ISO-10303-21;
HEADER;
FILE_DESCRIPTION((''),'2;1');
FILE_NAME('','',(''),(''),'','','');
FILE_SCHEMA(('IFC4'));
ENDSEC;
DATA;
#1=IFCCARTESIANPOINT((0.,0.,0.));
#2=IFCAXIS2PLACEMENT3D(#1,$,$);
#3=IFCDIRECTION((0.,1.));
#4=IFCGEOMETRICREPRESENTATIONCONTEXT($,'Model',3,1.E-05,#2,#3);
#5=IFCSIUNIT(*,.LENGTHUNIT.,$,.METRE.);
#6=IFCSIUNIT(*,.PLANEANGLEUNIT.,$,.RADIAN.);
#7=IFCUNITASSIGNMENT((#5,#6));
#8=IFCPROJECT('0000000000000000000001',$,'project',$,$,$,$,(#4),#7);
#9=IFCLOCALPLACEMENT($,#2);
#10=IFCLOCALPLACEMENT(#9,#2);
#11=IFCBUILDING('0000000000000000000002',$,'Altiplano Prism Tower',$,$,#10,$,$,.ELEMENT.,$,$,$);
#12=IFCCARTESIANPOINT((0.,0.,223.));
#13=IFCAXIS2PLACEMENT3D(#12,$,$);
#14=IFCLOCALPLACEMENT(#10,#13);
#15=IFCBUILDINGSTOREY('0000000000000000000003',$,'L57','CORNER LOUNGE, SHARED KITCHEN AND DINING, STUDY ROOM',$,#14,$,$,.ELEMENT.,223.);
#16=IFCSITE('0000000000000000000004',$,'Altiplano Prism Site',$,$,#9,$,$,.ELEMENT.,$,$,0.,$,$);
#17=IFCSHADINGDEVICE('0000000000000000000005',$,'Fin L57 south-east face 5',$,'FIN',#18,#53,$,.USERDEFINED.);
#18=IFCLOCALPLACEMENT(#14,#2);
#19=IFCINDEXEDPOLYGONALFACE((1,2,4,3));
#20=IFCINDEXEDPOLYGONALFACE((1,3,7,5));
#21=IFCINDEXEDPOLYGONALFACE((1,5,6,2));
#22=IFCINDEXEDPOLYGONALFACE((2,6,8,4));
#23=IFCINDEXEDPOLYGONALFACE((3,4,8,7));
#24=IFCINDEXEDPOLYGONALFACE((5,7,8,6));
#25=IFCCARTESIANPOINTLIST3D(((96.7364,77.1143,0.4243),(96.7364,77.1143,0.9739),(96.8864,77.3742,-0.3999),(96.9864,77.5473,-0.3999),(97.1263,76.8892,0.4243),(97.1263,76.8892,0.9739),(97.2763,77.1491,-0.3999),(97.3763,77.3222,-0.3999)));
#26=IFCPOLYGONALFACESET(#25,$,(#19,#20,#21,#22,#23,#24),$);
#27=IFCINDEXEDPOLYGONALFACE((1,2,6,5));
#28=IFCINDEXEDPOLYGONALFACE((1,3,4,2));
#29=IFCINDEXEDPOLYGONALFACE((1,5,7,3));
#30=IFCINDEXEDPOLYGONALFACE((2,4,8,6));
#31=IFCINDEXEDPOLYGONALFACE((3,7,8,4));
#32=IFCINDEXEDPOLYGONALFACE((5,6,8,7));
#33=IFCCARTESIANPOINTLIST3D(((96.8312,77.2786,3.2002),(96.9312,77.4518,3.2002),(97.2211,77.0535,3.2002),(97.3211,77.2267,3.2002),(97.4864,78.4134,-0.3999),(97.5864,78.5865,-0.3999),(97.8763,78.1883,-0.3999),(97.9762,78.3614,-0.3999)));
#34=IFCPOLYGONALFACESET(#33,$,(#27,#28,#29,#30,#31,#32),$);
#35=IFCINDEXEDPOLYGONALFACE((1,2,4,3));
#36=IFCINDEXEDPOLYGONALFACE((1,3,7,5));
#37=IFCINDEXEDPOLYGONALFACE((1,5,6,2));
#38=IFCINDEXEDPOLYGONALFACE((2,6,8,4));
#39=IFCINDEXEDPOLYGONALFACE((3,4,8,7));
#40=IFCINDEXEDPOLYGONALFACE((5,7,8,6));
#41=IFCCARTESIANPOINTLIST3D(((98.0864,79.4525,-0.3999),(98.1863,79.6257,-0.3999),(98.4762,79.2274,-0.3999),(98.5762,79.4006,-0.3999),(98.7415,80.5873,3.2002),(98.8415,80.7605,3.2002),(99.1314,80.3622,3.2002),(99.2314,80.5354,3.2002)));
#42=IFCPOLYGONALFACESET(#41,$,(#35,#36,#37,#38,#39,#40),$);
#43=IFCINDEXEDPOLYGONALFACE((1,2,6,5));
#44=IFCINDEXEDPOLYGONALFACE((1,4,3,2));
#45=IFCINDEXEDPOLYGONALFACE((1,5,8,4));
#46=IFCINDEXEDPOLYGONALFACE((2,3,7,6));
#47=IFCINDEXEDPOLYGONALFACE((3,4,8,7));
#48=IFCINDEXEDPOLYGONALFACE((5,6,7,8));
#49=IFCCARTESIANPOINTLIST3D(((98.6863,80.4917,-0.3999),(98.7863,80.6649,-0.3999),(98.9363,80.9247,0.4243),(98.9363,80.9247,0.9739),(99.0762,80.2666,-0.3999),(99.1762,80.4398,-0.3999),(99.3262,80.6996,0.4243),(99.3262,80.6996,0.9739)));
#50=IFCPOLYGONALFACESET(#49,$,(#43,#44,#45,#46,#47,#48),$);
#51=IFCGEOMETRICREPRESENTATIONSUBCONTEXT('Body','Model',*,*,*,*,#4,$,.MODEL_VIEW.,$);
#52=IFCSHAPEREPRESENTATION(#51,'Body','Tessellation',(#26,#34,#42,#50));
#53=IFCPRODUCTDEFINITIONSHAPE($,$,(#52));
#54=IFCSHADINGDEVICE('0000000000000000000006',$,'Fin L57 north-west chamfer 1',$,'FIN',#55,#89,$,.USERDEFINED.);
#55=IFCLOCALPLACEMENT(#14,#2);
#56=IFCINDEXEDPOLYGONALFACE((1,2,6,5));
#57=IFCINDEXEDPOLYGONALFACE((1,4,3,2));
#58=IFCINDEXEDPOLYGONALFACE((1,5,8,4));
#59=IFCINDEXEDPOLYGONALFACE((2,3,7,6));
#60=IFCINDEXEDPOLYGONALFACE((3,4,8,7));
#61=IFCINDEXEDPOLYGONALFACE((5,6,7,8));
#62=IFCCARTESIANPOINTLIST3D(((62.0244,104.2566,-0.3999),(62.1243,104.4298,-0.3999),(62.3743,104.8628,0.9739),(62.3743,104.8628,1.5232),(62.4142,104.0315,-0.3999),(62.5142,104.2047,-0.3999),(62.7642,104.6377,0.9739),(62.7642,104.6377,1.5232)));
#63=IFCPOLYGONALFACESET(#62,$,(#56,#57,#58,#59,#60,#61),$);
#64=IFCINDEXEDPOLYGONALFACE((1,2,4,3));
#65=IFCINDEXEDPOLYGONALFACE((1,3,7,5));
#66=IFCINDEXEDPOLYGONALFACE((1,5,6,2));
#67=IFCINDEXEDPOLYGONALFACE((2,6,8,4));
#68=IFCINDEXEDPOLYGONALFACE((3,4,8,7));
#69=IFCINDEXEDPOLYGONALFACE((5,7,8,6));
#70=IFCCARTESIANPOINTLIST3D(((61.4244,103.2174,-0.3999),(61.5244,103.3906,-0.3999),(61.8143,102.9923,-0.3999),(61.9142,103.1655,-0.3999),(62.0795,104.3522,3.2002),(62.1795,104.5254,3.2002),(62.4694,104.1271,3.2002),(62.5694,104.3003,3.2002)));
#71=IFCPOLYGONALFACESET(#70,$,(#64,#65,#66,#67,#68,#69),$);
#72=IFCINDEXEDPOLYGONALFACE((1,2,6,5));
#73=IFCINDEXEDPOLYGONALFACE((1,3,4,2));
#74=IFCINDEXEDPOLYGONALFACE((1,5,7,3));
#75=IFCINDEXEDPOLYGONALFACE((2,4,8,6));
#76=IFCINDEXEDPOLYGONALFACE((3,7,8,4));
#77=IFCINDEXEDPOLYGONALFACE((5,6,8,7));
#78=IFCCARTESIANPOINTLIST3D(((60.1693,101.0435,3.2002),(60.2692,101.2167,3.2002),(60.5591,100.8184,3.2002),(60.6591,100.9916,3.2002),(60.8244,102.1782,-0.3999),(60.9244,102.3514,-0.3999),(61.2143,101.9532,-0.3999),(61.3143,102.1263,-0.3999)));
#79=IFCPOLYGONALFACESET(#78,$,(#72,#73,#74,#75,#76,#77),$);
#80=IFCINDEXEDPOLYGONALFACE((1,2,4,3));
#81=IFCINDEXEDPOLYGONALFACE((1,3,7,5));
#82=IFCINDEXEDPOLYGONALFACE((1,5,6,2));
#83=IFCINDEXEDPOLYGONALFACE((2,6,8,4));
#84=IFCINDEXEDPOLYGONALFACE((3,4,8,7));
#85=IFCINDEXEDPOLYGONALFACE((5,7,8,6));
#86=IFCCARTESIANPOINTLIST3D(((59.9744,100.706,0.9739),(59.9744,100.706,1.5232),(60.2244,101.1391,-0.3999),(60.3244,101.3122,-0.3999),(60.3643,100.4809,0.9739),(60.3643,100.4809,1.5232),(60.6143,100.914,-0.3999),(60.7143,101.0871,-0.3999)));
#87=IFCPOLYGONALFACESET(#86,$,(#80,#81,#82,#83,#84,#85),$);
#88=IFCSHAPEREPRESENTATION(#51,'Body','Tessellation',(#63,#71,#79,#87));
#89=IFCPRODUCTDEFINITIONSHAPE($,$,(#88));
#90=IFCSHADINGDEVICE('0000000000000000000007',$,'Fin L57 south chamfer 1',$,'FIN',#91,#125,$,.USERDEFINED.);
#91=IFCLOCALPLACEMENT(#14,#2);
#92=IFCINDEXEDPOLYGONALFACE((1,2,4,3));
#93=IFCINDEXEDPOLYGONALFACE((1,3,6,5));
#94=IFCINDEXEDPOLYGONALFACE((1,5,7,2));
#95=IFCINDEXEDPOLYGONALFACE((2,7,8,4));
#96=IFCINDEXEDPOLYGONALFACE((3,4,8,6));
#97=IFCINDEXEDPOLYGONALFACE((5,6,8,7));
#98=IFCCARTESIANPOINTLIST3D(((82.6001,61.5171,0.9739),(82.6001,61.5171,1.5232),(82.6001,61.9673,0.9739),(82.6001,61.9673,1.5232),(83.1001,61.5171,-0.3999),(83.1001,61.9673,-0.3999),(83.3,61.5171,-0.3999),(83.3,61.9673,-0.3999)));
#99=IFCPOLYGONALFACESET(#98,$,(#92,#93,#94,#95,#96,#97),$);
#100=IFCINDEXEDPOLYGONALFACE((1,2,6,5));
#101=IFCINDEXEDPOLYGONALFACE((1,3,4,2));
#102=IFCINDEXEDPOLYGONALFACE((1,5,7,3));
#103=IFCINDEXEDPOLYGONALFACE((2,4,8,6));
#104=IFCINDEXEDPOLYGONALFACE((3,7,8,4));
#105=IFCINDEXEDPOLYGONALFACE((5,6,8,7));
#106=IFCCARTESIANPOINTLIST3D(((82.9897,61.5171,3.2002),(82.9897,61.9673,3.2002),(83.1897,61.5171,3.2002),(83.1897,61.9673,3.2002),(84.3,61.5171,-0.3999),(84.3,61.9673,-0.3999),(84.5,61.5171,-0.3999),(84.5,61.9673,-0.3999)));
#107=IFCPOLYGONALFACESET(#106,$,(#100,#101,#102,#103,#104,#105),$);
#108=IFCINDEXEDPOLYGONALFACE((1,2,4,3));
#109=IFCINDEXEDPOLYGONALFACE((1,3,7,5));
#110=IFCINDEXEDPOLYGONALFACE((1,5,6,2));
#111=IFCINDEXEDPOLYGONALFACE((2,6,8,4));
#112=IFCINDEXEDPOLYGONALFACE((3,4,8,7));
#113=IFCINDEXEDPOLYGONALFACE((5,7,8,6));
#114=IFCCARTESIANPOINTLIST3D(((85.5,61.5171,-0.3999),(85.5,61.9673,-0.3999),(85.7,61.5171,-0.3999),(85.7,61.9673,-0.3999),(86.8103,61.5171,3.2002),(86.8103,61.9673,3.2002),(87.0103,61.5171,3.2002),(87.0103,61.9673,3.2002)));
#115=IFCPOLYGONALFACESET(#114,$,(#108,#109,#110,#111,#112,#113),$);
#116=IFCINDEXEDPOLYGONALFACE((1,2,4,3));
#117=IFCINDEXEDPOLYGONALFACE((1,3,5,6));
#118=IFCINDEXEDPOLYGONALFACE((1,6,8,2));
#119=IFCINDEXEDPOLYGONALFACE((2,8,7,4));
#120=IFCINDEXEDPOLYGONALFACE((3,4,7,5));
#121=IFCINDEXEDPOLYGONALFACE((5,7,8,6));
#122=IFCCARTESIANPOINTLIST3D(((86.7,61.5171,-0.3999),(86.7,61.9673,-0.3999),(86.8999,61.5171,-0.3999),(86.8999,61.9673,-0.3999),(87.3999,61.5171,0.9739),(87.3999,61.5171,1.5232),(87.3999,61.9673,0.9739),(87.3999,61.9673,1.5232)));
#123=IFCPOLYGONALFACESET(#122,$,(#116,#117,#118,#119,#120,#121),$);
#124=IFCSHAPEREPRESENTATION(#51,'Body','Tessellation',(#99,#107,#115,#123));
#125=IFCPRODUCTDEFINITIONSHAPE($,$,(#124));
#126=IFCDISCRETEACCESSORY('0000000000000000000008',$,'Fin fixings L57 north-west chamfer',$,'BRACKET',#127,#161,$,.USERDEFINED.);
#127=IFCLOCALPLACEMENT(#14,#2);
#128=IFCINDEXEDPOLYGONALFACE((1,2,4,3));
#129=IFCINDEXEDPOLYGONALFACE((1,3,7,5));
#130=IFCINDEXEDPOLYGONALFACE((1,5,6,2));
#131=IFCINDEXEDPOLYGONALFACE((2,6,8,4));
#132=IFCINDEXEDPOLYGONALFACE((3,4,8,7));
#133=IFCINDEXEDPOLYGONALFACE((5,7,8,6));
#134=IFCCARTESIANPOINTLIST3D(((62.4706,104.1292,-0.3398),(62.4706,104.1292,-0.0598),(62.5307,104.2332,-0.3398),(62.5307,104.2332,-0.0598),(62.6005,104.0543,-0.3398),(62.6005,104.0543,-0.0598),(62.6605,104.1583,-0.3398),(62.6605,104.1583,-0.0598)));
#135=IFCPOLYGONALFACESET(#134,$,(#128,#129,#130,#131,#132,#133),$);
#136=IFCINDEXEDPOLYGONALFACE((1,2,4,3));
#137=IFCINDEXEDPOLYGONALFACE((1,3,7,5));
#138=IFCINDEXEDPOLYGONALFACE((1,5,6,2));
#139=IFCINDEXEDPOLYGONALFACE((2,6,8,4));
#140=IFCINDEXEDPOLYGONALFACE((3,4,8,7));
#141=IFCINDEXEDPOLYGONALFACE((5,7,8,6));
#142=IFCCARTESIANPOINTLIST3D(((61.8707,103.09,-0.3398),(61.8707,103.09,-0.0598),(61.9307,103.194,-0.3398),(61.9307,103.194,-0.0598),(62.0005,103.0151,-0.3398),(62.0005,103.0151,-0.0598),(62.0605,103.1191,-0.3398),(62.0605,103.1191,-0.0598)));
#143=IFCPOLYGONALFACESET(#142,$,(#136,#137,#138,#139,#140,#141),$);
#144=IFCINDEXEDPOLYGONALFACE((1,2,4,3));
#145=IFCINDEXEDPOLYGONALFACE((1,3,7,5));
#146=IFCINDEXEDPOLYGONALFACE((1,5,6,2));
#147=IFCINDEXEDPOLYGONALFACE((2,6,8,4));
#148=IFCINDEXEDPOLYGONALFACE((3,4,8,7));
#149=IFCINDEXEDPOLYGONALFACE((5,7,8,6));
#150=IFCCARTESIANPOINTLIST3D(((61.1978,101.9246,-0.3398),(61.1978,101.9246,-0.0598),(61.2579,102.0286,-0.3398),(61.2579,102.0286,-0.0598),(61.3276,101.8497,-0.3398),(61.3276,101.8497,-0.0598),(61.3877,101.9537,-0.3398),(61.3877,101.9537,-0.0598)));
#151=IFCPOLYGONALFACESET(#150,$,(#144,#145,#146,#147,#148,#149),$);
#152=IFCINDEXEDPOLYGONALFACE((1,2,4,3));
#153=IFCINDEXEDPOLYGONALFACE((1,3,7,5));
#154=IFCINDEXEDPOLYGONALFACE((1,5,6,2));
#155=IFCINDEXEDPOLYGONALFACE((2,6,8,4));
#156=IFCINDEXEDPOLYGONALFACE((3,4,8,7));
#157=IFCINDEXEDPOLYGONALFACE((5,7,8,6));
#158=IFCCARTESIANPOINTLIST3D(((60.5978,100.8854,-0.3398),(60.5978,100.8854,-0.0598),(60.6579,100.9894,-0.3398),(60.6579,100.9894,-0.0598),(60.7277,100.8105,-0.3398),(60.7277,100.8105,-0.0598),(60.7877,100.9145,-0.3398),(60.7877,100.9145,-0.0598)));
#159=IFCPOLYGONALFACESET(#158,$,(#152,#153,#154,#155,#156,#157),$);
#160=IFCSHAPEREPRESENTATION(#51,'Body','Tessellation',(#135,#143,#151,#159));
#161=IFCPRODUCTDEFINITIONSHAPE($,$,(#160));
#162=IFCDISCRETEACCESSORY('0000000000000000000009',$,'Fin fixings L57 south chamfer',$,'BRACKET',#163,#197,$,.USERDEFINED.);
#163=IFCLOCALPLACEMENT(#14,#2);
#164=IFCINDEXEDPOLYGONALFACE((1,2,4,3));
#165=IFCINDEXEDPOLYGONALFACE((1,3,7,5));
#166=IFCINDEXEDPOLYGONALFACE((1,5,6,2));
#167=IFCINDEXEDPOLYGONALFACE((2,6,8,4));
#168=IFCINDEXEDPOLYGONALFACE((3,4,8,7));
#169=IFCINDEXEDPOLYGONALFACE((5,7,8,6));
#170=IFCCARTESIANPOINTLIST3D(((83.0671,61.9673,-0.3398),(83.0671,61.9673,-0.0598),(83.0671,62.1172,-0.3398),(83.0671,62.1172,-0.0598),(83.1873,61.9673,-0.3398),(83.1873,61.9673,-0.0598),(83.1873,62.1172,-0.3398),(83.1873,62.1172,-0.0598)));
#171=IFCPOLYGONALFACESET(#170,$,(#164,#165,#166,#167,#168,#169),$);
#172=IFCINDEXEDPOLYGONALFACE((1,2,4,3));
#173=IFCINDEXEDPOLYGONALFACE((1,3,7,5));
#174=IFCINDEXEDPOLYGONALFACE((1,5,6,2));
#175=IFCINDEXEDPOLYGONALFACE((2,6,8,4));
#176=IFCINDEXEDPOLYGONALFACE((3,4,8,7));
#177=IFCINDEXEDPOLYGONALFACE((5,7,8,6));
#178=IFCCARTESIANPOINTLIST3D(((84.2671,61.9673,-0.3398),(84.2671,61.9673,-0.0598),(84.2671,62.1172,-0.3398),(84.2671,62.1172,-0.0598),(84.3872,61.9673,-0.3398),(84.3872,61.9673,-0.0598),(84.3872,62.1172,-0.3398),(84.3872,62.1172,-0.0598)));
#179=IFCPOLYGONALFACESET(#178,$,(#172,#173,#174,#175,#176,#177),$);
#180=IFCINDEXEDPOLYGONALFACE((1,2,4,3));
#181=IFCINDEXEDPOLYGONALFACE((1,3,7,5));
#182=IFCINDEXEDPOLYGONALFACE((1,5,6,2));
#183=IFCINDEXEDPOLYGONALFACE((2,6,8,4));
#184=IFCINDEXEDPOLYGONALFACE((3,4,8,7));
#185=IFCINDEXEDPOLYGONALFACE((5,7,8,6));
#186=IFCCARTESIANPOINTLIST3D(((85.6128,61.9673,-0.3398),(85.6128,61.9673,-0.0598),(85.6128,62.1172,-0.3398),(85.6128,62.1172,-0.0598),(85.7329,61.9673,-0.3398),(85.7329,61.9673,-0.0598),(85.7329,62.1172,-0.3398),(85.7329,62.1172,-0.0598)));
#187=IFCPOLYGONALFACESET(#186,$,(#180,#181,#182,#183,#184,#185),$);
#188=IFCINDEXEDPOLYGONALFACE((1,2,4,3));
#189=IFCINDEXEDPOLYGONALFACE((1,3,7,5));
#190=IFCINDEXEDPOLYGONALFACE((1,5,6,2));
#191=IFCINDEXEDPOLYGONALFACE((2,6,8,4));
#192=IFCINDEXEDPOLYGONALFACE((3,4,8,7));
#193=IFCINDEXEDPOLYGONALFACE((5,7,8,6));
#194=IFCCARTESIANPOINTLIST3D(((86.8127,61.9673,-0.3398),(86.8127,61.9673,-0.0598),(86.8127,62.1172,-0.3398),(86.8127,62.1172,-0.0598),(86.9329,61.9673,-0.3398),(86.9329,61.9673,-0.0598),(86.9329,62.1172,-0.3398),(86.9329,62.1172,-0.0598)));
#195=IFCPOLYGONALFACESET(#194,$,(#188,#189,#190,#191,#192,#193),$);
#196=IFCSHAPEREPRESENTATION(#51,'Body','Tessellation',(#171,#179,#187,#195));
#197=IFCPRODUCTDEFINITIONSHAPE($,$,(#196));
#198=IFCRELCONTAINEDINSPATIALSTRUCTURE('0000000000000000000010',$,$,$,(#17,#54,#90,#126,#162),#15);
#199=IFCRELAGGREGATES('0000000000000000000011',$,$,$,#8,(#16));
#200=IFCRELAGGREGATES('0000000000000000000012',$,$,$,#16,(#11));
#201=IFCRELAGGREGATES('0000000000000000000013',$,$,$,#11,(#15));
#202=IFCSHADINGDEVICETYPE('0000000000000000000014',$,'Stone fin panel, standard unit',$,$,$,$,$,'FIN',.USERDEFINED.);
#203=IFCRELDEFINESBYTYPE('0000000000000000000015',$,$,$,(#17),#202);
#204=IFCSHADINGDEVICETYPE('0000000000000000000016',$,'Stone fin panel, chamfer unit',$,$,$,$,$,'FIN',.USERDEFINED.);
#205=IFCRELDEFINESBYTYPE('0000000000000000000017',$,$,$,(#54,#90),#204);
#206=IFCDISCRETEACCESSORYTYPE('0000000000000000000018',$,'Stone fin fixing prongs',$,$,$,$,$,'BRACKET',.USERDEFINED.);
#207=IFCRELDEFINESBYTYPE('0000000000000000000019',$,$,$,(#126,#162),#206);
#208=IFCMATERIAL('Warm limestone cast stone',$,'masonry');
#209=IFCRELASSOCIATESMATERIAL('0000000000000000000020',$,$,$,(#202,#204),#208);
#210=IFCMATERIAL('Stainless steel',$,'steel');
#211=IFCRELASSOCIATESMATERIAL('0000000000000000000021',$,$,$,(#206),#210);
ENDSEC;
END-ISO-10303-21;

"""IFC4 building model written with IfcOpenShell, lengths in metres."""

from ifc_helpers import new_model, si_unit, direction, frame, origin, place, context, subcontext, project, spatial, polyline, outline, extrude, source, transform, mapped, material, type_object, element, save


model = new_model("IFC4")

# Units and contexts
model_context = context("Model", 3, precision=1e-05, world=origin(), true_north=direction((0.0, 1.0)))
body_context = subcontext(model_context, "Body", "Model", "MODEL_VIEW")
ifc_project = project(units=[si_unit("LENGTHUNIT", "METRE"), si_unit("PLANEANGLEUNIT", "RADIAN")], contexts=[model_context])

# Site, building, storey
site_placement = place(None, origin())
site = spatial("IfcSite", under=ifc_project, at=site_placement, Name="Altiplano Prism Site", CompositionType="ELEMENT", RefElevation=0.0)
building_placement = place(site_placement, origin())
building = spatial("IfcBuilding", under=site, at=building_placement, Name="Altiplano Prism Tower", CompositionType="ELEMENT")
storey_placement = place(building_placement, frame((0.0, 0.0, 223.0)))
storey = spatial("IfcBuildingStorey", under=building, at=storey_placement, Name="L57", Description="CORNER LOUNGE, SHARED KITCHEN AND DINING, STUDY ROOM", CompositionType="ELEMENT", Elevation=223.0)

# Shading devices
ifc_material_1 = material(Name="Warm limestone cast stone", Category="masonry")
shading_device_type_1 = type_object("IfcShadingDeviceType", Name="Stone fin panel, standard unit", ElementType="FIN", PredefinedType="USERDEFINED", material=ifc_material_1)
shared_shape_1 = source(origin(), body_context, "Body", "SweptSolid", [
    extrude(outline(polyline([(-2.2, 1.3738), (-2.2, 0.8242), (-1.8999, 0.0), (-1.7, 0.0), (-2.2, 1.3738)])), frame((0.0, -0.1499, 0.0), z_axis=(0.0, -1.0, 0.0), x_axis=(1.0, 0.0, 0.0)), (0.0, 0.0, 1.0), 0.4502),
    extrude(outline(polyline([(-2.0103, 3.6001), (-0.7, 0.0), (-0.5, 0.0), (-1.8103, 3.6001), (-2.0103, 3.6001)])), frame((0.0, -0.1499, 0.0), z_axis=(0.0, -1.0, 0.0), x_axis=(1.0, 0.0, 0.0)), (0.0, 0.0, 1.0), 0.4502),
    extrude(outline(polyline([(1.8103, 3.6001), (0.5, 0.0), (0.7, 0.0), (2.0103, 3.6001), (1.8103, 3.6001)])), frame((0.0, -0.1499, 0.0), z_axis=(0.0, -1.0, 0.0), x_axis=(1.0, 0.0, 0.0)), (0.0, 0.0, 1.0), 0.4502),
    extrude(outline(polyline([(2.2, 0.8242), (2.2, 1.3738), (1.7, 0.0), (1.8999, 0.0), (2.2, 0.8242)])), frame((0.0, -0.1499, 0.0), z_axis=(0.0, -1.0, 0.0), x_axis=(1.0, 0.0, 0.0)), (0.0, 0.0, 1.0), 0.4502),
])
shading_device_1_placement = place(storey_placement, origin())
element("IfcShadingDevice", 1, at=shading_device_1_placement, inside=storey, type_object=shading_device_type_1, Name="Fin L57 south-east face 5", ObjectType="FIN", PredefinedType="USERDEFINED", context=body_context, shape_type="MappedRepresentation", body=[
    mapped(shared_shape_1, transform((97.7065, 79.0945, -0.3999), x_axis=(0.5, 0.866025, 0.0), y_axis=(-0.866025, 0.5, 0.0), z_axis=(0.0, 0.0, 1.0))),
])
shading_device_type_2 = type_object("IfcShadingDeviceType", Name="Stone fin panel, chamfer unit", ElementType="FIN", PredefinedType="USERDEFINED", material=ifc_material_1)
shared_shape_2 = source(origin(), body_context, "Body", "SweptSolid", [
    extrude(outline(polyline([(-2.3999, 1.9231), (-2.3999, 1.3738), (-1.8999, 0.0), (-1.7, 0.0), (-2.3999, 1.9231)])), frame((0.0, -0.1499, 0.0), z_axis=(0.0, -1.0, 0.0), x_axis=(1.0, 0.0, 0.0)), (0.0, 0.0, 1.0), 0.4502),
    extrude(outline(polyline([(-2.0103, 3.6001), (-0.7, 0.0), (-0.5, 0.0), (-1.8103, 3.6001), (-2.0103, 3.6001)])), frame((0.0, -0.1499, 0.0), z_axis=(0.0, -1.0, 0.0), x_axis=(1.0, 0.0, 0.0)), (0.0, 0.0, 1.0), 0.4502),
    extrude(outline(polyline([(1.8103, 3.6001), (0.5, 0.0), (0.7, 0.0), (2.0103, 3.6001), (1.8103, 3.6001)])), frame((0.0, -0.1499, 0.0), z_axis=(0.0, -1.0, 0.0), x_axis=(1.0, 0.0, 0.0)), (0.0, 0.0, 1.0), 0.4502),
    extrude(outline(polyline([(2.3999, 1.3738), (2.3999, 1.9231), (1.7, 0.0), (1.8999, 0.0), (2.3999, 1.3738)])), frame((0.0, -0.1499, 0.0), z_axis=(0.0, -1.0, 0.0), x_axis=(1.0, 0.0, 0.0)), (0.0, 0.0, 1.0), 0.4502),
])
shading_device_2_placement = place(storey_placement, origin())
element("IfcShadingDevice", 2, at=shading_device_2_placement, inside=storey, type_object=shading_device_type_2, Name="Fin L57 north-west chamfer 1", ObjectType="FIN", PredefinedType="USERDEFINED", context=body_context, shape_type="MappedRepresentation", body=[
    mapped(shared_shape_2, transform((61.6941, 102.4844, -0.3999), x_axis=(-0.5, -0.866025, 0.0), y_axis=(0.866025, -0.5, 0.0), z_axis=(0.0, 0.0, 1.0))),
])
shading_device_3_placement = place(storey_placement, origin())
element("IfcShadingDevice", 3, at=shading_device_3_placement, inside=storey, type_object=shading_device_type_2, Name="Fin L57 south chamfer 1", ObjectType="FIN", PredefinedType="USERDEFINED", context=body_context, shape_type="MappedRepresentation", body=[
    mapped(shared_shape_2, transform((85.0, 62.1172, -0.3999), x_axis=(1.0, 0.0, 0.0), y_axis=(0.0, 1.0, 0.0), z_axis=(0.0, 0.0, 1.0))),
])

# Discrete accessories
ifc_material_2 = material(Name="Stainless steel", Category="steel")
discrete_accessory_type = type_object("IfcDiscreteAccessoryType", Name="Stone fin fixing prongs", ElementType="BRACKET", PredefinedType="USERDEFINED", material=ifc_material_2)
shared_shape_3 = source(origin(), body_context, "Body", "SweptSolid", [
    extrude(outline(polyline([(-1.9329, 0.0601), (-1.8127, 0.0601), (-1.8127, 0.3401), (-1.9329, 0.3401), (-1.9329, 0.0601)])), frame((0.0, 0.0, 0.0), z_axis=(0.0, -1.0, 0.0), x_axis=(1.0, 0.0, 0.0)), (0.0, 0.0, 1.0), 0.1499),
    extrude(outline(polyline([(-0.7329, 0.0601), (-0.6128, 0.0601), (-0.6128, 0.3401), (-0.7329, 0.3401), (-0.7329, 0.0601)])), frame((0.0, 0.0, 0.0), z_axis=(0.0, -1.0, 0.0), x_axis=(1.0, 0.0, 0.0)), (0.0, 0.0, 1.0), 0.1499),
    extrude(outline(polyline([(0.6128, 0.0601), (0.7329, 0.0601), (0.7329, 0.3401), (0.6128, 0.3401), (0.6128, 0.0601)])), frame((0.0, 0.0, 0.0), z_axis=(0.0, -1.0, 0.0), x_axis=(1.0, 0.0, 0.0)), (0.0, 0.0, 1.0), 0.1499),
    extrude(outline(polyline([(1.8127, 0.0601), (1.9329, 0.0601), (1.9329, 0.3401), (1.8127, 0.3401), (1.8127, 0.0601)])), frame((0.0, 0.0, 0.0), z_axis=(0.0, -1.0, 0.0), x_axis=(1.0, 0.0, 0.0)), (0.0, 0.0, 1.0), 0.1499),
])
discrete_accessory_1_placement = place(storey_placement, origin())
element("IfcDiscreteAccessory", 4, at=discrete_accessory_1_placement, inside=storey, type_object=discrete_accessory_type, Name="Fin fixings L57 north-west chamfer", ObjectType="BRACKET", PredefinedType="USERDEFINED", context=body_context, shape_type="MappedRepresentation", body=[
    mapped(shared_shape_3, transform((61.6941, 102.4844, -0.3999), x_axis=(-0.5, -0.866025, 0.0), y_axis=(0.866025, -0.5, 0.0), z_axis=(0.0, 0.0, 1.0))),
])
discrete_accessory_2_placement = place(storey_placement, origin())
element("IfcDiscreteAccessory", 5, at=discrete_accessory_2_placement, inside=storey, type_object=discrete_accessory_type, Name="Fin fixings L57 south chamfer", ObjectType="BRACKET", PredefinedType="USERDEFINED", context=body_context, shape_type="MappedRepresentation", body=[
    mapped(shared_shape_3, transform((85.0, 62.1172, -0.3999), x_axis=(1.0, 0.0, 0.0), y_axis=(0.0, 1.0, 0.0), z_axis=(0.0, 0.0, 1.0))),
])

save(model, "model.ifc")
